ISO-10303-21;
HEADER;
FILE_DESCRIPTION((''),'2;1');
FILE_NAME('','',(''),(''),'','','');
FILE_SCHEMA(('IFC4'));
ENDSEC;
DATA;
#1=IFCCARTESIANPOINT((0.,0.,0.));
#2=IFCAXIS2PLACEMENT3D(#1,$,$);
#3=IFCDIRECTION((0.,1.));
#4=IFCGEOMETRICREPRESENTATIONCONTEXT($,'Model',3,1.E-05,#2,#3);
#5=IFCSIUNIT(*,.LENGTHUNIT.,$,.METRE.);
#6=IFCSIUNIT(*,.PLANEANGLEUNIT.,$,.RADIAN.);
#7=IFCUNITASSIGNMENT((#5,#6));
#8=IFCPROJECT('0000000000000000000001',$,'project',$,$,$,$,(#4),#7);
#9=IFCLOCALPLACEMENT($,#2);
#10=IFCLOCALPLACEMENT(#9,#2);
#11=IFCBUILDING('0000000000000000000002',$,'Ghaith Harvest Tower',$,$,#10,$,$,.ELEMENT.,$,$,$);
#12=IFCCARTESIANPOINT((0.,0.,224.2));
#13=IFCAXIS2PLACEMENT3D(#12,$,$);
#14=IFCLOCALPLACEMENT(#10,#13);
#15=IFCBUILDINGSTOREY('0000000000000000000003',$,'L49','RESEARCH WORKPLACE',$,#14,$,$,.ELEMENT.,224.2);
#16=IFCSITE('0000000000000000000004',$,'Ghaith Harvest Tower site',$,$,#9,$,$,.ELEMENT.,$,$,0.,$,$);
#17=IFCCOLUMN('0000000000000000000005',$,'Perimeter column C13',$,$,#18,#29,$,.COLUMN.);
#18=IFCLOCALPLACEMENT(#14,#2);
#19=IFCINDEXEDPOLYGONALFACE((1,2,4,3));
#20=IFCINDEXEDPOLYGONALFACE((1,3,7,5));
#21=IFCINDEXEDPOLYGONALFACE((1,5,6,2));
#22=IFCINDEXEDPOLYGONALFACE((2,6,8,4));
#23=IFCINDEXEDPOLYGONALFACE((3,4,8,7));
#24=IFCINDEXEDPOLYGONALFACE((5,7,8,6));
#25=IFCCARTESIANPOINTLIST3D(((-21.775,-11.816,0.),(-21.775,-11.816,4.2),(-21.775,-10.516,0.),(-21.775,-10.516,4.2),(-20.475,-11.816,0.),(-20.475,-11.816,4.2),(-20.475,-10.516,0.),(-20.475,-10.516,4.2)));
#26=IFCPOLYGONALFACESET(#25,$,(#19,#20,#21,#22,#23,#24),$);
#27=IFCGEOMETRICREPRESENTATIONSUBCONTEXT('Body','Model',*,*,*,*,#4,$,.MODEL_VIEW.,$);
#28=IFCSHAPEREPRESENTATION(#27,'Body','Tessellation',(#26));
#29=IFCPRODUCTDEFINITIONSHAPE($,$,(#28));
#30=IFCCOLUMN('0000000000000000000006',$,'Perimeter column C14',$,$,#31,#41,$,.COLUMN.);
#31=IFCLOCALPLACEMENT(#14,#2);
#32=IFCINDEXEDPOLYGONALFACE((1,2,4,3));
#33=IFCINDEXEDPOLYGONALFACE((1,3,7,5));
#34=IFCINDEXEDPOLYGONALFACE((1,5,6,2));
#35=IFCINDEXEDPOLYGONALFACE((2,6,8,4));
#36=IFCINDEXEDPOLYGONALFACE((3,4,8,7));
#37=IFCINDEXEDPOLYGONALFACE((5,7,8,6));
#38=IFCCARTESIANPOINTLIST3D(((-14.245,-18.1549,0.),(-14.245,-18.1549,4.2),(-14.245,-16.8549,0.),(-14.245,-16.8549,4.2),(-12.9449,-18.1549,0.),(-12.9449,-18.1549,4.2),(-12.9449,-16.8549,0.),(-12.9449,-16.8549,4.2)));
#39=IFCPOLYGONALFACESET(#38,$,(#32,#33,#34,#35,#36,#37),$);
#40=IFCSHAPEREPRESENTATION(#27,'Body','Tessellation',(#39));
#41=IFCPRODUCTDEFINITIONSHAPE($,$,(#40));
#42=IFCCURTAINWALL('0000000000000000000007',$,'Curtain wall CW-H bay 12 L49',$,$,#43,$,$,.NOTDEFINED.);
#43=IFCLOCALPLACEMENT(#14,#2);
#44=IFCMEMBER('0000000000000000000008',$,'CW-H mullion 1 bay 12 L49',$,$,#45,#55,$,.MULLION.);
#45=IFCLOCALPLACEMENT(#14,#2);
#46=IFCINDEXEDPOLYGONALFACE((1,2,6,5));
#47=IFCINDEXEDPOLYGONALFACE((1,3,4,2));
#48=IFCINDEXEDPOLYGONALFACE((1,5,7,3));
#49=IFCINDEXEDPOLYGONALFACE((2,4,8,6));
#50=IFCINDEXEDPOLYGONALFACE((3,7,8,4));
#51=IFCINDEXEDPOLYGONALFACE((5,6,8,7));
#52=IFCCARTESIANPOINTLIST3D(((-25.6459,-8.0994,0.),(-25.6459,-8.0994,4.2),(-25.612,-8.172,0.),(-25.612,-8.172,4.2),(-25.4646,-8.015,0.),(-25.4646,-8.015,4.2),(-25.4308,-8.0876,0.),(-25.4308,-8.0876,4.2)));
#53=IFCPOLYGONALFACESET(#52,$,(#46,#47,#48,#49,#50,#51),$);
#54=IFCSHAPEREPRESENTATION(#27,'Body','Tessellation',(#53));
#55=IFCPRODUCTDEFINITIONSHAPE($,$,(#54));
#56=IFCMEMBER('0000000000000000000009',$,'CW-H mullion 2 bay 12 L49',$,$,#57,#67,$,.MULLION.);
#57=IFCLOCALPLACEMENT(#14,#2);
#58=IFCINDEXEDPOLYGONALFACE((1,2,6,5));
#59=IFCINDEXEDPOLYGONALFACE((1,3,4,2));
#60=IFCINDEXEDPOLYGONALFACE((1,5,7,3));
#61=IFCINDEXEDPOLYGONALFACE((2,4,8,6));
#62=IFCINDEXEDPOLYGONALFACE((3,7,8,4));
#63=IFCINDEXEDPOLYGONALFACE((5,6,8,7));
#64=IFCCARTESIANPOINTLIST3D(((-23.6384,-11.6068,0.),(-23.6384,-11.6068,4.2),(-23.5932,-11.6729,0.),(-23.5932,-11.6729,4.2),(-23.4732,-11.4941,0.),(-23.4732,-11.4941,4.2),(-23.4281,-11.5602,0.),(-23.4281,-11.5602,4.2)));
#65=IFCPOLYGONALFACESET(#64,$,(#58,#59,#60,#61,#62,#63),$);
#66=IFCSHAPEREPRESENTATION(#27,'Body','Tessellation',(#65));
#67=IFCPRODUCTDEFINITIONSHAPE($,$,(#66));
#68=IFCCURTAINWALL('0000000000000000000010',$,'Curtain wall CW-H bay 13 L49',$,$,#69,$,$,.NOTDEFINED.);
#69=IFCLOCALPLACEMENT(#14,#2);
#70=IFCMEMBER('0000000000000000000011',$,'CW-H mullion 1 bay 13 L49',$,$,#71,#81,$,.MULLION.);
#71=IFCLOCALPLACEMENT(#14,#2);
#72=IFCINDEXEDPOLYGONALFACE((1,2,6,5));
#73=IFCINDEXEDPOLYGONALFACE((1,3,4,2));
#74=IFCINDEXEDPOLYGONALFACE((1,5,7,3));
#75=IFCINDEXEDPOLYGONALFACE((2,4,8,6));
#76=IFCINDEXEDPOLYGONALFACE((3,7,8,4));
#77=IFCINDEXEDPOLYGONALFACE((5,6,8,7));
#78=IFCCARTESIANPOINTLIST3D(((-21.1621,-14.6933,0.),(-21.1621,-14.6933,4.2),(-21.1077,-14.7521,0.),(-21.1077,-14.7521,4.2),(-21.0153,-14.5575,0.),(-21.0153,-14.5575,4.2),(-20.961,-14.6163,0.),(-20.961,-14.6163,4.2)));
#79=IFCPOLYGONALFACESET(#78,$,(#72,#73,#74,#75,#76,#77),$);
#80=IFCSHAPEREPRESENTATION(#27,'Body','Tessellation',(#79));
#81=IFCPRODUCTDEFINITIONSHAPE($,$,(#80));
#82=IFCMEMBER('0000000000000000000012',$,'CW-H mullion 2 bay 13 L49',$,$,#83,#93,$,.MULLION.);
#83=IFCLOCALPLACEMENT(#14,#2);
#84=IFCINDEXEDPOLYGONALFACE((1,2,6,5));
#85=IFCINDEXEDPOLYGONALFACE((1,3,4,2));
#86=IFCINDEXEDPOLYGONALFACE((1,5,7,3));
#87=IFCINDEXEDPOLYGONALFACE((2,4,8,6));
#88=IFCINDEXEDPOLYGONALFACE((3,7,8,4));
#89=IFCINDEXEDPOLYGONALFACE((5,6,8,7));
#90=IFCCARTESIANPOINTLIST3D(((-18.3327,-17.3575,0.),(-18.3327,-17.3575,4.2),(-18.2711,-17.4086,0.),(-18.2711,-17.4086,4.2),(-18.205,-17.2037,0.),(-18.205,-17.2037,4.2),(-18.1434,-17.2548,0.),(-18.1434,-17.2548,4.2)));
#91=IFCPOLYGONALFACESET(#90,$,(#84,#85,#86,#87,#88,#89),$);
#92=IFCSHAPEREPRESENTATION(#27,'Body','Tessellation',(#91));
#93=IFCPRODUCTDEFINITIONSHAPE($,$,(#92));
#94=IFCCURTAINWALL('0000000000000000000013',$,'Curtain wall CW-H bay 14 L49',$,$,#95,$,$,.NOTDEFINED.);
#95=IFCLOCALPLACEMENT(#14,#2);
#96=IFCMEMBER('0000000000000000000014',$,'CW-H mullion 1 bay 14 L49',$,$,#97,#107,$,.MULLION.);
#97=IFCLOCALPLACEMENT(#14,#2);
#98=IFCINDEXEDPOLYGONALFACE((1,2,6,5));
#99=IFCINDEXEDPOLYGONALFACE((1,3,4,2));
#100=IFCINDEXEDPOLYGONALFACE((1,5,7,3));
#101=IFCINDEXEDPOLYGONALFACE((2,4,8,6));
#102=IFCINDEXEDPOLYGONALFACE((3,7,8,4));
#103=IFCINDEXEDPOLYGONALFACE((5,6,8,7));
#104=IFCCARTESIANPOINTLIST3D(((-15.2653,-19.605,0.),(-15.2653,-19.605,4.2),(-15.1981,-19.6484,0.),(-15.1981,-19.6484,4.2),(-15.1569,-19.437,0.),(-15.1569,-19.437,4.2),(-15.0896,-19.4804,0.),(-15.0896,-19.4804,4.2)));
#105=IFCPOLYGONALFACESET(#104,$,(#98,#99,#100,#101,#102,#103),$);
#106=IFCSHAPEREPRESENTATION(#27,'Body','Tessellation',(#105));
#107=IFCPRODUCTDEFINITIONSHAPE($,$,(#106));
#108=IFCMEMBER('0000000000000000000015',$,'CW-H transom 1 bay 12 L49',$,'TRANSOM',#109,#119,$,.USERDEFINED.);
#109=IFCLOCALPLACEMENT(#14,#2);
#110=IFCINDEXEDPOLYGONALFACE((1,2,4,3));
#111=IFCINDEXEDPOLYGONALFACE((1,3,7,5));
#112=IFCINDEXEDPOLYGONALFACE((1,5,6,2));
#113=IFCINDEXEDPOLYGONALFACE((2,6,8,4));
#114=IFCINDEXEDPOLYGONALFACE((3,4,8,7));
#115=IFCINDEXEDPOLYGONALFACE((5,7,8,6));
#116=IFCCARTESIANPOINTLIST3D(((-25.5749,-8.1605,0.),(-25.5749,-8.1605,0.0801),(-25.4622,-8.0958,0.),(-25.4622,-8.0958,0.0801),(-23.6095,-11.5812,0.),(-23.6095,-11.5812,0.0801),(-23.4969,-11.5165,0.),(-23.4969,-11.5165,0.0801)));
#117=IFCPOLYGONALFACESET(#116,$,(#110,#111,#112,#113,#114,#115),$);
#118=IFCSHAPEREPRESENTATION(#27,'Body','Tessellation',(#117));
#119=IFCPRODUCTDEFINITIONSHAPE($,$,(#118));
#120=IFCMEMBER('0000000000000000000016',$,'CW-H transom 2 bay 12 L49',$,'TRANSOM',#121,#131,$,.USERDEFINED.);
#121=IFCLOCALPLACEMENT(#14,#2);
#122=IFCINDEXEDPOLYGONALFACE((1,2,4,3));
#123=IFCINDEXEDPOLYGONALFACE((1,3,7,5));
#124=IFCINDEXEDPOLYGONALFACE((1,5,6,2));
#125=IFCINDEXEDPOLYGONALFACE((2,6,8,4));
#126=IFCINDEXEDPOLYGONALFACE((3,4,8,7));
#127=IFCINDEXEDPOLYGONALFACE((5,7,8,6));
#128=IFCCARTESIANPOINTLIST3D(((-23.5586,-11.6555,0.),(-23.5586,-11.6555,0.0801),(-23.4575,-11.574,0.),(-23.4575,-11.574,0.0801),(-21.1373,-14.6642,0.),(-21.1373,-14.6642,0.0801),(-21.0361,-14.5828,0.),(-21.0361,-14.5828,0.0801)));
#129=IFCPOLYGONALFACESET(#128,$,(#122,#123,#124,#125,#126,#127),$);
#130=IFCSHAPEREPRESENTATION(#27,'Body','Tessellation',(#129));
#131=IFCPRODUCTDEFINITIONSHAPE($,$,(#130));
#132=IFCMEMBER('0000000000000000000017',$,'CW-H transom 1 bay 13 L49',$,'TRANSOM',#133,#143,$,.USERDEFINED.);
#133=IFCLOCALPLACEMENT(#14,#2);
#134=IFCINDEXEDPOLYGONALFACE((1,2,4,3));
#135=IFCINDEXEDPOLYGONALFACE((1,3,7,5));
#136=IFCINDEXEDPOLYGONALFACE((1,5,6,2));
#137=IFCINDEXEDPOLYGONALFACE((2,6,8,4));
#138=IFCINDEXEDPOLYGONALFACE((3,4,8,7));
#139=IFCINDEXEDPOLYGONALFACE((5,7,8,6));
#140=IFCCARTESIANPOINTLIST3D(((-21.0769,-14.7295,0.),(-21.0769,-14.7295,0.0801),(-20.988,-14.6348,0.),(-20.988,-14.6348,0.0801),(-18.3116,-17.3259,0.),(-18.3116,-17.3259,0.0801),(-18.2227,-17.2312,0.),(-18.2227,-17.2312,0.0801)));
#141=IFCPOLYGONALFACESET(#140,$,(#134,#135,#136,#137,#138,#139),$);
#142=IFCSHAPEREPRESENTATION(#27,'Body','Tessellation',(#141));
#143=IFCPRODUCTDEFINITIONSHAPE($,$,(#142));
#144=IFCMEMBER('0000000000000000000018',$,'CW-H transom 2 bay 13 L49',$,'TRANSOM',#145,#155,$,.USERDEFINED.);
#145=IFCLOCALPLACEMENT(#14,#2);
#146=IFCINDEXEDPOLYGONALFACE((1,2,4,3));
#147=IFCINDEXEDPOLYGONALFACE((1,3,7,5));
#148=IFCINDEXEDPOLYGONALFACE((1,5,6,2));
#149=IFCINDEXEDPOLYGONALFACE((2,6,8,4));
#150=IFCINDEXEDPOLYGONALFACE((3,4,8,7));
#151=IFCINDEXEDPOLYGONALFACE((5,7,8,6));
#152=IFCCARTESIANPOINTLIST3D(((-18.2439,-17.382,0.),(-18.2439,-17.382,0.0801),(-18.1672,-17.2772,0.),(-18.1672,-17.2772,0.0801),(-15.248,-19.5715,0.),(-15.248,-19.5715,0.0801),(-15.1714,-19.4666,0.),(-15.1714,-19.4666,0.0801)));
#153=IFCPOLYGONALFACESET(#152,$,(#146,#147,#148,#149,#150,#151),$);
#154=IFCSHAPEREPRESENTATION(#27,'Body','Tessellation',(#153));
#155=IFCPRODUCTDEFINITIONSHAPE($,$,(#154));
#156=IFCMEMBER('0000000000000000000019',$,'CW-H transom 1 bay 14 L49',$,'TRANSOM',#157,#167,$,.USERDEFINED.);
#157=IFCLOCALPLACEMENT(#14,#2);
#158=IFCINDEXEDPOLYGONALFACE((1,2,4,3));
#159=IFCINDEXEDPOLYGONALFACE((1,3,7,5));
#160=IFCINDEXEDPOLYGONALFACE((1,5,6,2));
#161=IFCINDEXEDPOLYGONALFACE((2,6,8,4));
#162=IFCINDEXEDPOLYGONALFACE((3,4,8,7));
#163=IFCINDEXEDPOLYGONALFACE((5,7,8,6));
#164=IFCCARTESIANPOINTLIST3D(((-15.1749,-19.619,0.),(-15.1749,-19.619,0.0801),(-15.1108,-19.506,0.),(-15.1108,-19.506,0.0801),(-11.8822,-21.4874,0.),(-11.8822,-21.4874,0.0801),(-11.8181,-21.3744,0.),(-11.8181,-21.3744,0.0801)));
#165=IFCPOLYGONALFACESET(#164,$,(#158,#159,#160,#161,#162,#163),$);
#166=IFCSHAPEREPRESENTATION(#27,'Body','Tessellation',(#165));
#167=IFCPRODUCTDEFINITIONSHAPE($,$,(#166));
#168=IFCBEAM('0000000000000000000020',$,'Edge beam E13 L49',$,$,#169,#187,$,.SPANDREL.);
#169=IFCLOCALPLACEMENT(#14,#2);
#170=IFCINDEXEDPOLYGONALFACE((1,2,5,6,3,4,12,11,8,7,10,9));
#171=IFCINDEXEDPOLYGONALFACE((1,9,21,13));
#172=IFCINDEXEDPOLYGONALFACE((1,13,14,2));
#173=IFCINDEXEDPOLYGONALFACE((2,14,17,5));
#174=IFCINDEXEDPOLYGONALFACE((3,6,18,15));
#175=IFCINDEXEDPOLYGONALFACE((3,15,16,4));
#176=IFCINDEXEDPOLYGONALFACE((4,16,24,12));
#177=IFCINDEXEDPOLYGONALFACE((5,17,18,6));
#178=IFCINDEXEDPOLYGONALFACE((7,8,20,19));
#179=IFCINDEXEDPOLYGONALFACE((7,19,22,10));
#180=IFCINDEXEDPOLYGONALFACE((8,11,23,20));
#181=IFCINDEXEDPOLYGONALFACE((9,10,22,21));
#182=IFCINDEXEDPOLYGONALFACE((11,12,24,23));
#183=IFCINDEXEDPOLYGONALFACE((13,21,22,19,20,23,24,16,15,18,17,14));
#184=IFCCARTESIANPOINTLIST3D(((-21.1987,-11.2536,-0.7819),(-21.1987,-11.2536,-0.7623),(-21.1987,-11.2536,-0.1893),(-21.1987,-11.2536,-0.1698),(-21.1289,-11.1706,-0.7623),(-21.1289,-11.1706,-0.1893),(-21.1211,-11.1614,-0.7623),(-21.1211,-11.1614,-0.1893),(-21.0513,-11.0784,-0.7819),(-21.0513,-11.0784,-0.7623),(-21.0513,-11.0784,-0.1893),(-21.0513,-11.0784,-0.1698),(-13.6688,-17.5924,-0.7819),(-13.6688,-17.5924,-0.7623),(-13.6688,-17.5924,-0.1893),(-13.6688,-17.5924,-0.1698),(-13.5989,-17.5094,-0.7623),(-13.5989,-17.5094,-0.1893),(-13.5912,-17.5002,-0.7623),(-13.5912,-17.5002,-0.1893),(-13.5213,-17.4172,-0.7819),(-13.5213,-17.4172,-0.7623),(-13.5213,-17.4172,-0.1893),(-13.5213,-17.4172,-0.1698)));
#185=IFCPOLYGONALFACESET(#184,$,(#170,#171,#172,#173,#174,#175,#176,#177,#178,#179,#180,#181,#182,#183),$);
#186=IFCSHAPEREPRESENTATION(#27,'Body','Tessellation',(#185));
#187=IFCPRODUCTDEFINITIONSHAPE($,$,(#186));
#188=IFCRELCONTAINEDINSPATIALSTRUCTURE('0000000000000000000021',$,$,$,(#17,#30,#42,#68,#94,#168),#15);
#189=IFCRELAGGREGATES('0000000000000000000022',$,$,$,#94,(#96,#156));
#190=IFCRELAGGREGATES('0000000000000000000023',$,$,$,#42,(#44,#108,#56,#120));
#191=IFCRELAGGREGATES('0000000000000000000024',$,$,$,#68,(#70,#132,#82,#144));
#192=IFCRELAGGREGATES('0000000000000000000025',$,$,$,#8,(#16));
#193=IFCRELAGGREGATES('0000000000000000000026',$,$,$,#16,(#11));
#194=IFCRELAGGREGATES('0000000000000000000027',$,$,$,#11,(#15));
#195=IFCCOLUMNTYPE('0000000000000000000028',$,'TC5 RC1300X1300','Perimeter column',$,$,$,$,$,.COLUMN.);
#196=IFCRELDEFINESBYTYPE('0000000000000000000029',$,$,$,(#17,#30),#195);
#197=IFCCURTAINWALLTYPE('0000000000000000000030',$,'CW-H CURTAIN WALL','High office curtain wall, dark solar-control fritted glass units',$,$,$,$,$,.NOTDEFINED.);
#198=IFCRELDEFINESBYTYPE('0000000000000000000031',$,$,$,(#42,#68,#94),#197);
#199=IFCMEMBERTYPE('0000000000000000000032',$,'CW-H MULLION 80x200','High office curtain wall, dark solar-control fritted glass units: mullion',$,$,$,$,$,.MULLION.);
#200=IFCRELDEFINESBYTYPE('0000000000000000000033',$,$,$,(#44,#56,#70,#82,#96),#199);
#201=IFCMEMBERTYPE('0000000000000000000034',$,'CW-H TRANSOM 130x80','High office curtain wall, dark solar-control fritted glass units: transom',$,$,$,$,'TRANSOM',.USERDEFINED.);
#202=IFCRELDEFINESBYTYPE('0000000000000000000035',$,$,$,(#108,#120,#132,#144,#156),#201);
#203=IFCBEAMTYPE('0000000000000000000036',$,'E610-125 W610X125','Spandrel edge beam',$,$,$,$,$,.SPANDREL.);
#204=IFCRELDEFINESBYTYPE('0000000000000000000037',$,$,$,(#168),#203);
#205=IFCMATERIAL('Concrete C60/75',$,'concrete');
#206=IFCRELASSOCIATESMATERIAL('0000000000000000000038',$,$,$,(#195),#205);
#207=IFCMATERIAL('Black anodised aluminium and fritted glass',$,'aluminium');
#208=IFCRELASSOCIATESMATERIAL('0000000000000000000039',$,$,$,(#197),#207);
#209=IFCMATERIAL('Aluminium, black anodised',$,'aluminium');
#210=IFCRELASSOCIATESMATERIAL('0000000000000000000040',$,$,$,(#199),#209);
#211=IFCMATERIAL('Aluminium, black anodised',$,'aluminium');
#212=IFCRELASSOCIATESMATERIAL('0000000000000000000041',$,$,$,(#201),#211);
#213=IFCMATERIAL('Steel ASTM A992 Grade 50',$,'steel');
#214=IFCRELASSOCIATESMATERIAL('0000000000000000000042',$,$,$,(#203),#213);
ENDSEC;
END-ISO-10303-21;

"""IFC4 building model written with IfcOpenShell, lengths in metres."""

from ifc_helpers import new_model, si_unit, direction, frame, origin, origin_2d, place, context, subcontext, project, spatial, rectangle, i_section, extrude, material, material_profile, profile_set, type_object, element, aggregate, save


model = new_model("IFC4")

# Units and contexts
model_context = context("Model", 3, precision=1e-05, world=origin(), true_north=direction((0.0, 1.0)))
body_context = subcontext(model_context, "Body", "Model", "MODEL_VIEW")
ifc_project = project(units=[si_unit("LENGTHUNIT", "METRE"), si_unit("PLANEANGLEUNIT", "RADIAN")], contexts=[model_context])

# Site, building, storey
site_placement = place(None, origin())
site = spatial("IfcSite", under=ifc_project, at=site_placement, Name="Ghaith Harvest Tower site", CompositionType="ELEMENT", RefElevation=0.0)
building_placement = place(site_placement, origin())
building = spatial("IfcBuilding", under=site, at=building_placement, Name="Ghaith Harvest Tower", CompositionType="ELEMENT")
storey_placement = place(building_placement, frame((0.0, 0.0, 224.2)))
storey = spatial("IfcBuildingStorey", under=building, at=storey_placement, Name="L49", Description="RESEARCH WORKPLACE", CompositionType="ELEMENT", Elevation=224.2)

# Columns
ifc_material_1 = material(Name="Concrete C60/75", Category="concrete")
ifc_material_profile_1 = material_profile(ifc_material_1, rectangle(XDim=1.3, YDim=1.3, at=origin_2d()), Name="RC1300X1300")
ifc_profile_set_1 = profile_set([ifc_material_profile_1], Name="Concrete C60/75")
column_type = type_object("IfcColumnType", Name="TC5 RC1300X1300", Description="Perimeter column", PredefinedType="COLUMN", material=ifc_profile_set_1)
for number, where, z_axis, x_axis, name in (
    (1, (-21.125, -11.166, 0.0), (0.0, 0.0, 1.0), (1.0, 0.0, 0.0), "Perimeter column C13"),
    (2, (-13.595, -17.5049, 0.0), (0.0, 0.0, 1.0), (1.0, 0.0, 0.0), "Perimeter column C14"),
):
    element("IfcColumn", number, at=place(storey_placement, frame(where, z_axis=z_axis, x_axis=x_axis)), inside=storey, type_object=column_type, Name=name, PredefinedType="COLUMN", context=body_context, shape_type="SweptSolid", body=[
        extrude(rectangle(XDim=1.3, YDim=1.3, at=origin_2d()), origin(), (0.0, 0.0, 1.0), 4.2),
    ])

# Curtain walls, members
ifc_material_2 = material(Name="Black anodised aluminium and fritted glass", Category="aluminium")
curtain_wall_type = type_object("IfcCurtainWallType", Name="CW-H CURTAIN WALL", Description="High office curtain wall, dark solar-control fritted glass units", PredefinedType="NOTDEFINED", material=ifc_material_2)
curtain_wall_1_placement = place(storey_placement, origin())
curtain_wall_1 = element("IfcCurtainWall", 3, at=curtain_wall_1_placement, inside=storey, type_object=curtain_wall_type, Name="Curtain wall CW-H bay 12 L49", PredefinedType="NOTDEFINED")
ifc_material_3 = material(Name="Aluminium, black anodised", Category="aluminium")
ifc_material_profile_2 = material_profile(ifc_material_3, rectangle(XDim=0.0801, YDim=0.2, at=origin_2d()), Name="CW-H MULLION 80x200")
ifc_profile_set_2 = profile_set([ifc_material_profile_2], Name="Aluminium, black anodised")
member_type_1 = type_object("IfcMemberType", Name="CW-H MULLION 80x200", Description="High office curtain wall, dark solar-control fritted glass units: mullion", PredefinedType="MULLION", material=ifc_profile_set_2)
member_1_placement = place(storey_placement, frame((-25.5383, -8.0935, 0.0), z_axis=(0.0, 0.0, 1.0), x_axis=(0.422309, -0.906452, 0.0)))
member_1 = element("IfcMember", 4, at=member_1_placement, type_object=member_type_1, Name="CW-H mullion 1 bay 12 L49", PredefinedType="MULLION", context=body_context, shape_type="SweptSolid", body=[
    extrude(rectangle(XDim=0.0801, YDim=0.2, at=origin_2d()), origin(), (0.0, 0.0, 1.0), 4.2),
])
member_2_placement = place(storey_placement, frame((-23.5332, -11.5835, 0.0), z_axis=(0.0, 0.0, 1.0), x_axis=(0.563617, -0.826037, 0.0)))
member_2 = element("IfcMember", 5, at=member_2_placement, type_object=member_type_1, Name="CW-H mullion 2 bay 12 L49", PredefinedType="MULLION", context=body_context, shape_type="SweptSolid", body=[
    extrude(rectangle(XDim=0.0801, YDim=0.2, at=origin_2d()), origin(), (0.0, 0.0, 1.0), 4.2),
])
curtain_wall_2_placement = place(storey_placement, origin())
curtain_wall_2 = element("IfcCurtainWall", 6, at=curtain_wall_2_placement, inside=storey, type_object=curtain_wall_type, Name="Curtain wall CW-H bay 13 L49", PredefinedType="NOTDEFINED")
member_3_placement = place(storey_placement, frame((-21.0615, -14.6548, 0.0), z_axis=(0.0, 0.0, 1.0), x_axis=(0.679182, -0.73397, 0.0)))
member_3 = element("IfcMember", 7, at=member_3_placement, type_object=member_type_1, Name="CW-H mullion 1 bay 13 L49", PredefinedType="MULLION", context=body_context, shape_type="SweptSolid", body=[
    extrude(rectangle(XDim=0.0801, YDim=0.2, at=origin_2d()), origin(), (0.0, 0.0, 1.0), 4.2),
])
member_4_placement = place(storey_placement, frame((-18.238, -17.3062, 0.0), z_axis=(0.0, 0.0, 1.0), x_axis=(0.769217, -0.638988, 0.0)))
member_4 = element("IfcMember", 8, at=member_4_placement, type_object=member_type_1, Name="CW-H mullion 2 bay 13 L49", PredefinedType="MULLION", context=body_context, shape_type="SweptSolid", body=[
    extrude(rectangle(XDim=0.0801, YDim=0.2, at=origin_2d()), origin(), (0.0, 0.0, 1.0), 4.2),
])

# Curtain wall, member
curtain_wall_3_placement = place(storey_placement, origin())
curtain_wall_3 = element("IfcCurtainWall", 9, at=curtain_wall_3_placement, inside=storey, type_object=curtain_wall_type, Name="Curtain wall CW-H bay 14 L49", PredefinedType="NOTDEFINED")
member_5_placement = place(storey_placement, frame((-15.1775, -19.5427, 0.0), z_axis=(0.0, 0.0, 1.0), x_axis=(0.840234, -0.542225, 0.0)))
member_5 = element("IfcMember", 10, at=member_5_placement, type_object=member_type_1, Name="CW-H mullion 1 bay 14 L49", PredefinedType="MULLION", context=body_context, shape_type="SweptSolid", body=[
    extrude(rectangle(XDim=0.0801, YDim=0.2, at=origin_2d()), origin(), (0.0, 0.0, 1.0), 4.2),
])

# Members
ifc_material_4 = material(Name="Aluminium, black anodised", Category="aluminium")
ifc_material_profile_3 = material_profile(ifc_material_4, rectangle(XDim=0.1299, YDim=0.0801, at=origin_2d()), Name="CW-H TRANSOM 130x80")
ifc_profile_set_3 = profile_set([ifc_material_profile_3], Name="Aluminium, black anodised")
member_type_2 = type_object("IfcMemberType", Name="CW-H TRANSOM 130x80", Description="High office curtain wall, dark solar-control fritted glass units: transom", ElementType="TRANSOM", PredefinedType="USERDEFINED", material=ifc_profile_set_3)
member_6_placement = place(storey_placement, frame((-25.5186, -8.1282, 0.04), z_axis=(0.498177, -0.867075, 0.0), x_axis=(0.867075, 0.498177, 0.0)))
member_6 = element("IfcMember", 11, at=member_6_placement, type_object=member_type_2, Name="CW-H transom 1 bay 12 L49", ObjectType="TRANSOM", PredefinedType="USERDEFINED", context=body_context, shape_type="SweptSolid", body=[
    extrude(rectangle(XDim=0.1299, YDim=0.0801, at=origin_2d()), origin(), (0.0, 0.0, 1.0), 3.9451),
])
member_7_placement = place(storey_placement, frame((-23.5081, -11.6147, 0.04), z_axis=(0.626959, -0.779052, 0.0), x_axis=(0.779052, 0.626959, 0.0)))
member_7 = element("IfcMember", 12, at=member_7_placement, type_object=member_type_2, Name="CW-H transom 2 bay 12 L49", ObjectType="TRANSOM", PredefinedType="USERDEFINED", context=body_context, shape_type="SweptSolid", body=[
    extrude(rectangle(XDim=0.1299, YDim=0.0801, at=origin_2d()), origin(), (0.0, 0.0, 1.0), 3.8621),
])
member_8_placement = place(storey_placement, frame((-21.0325, -14.6821, 0.04), z_axis=(0.729025, -0.684487, 0.0), x_axis=(0.684487, 0.729025, 0.0)))
member_8 = element("IfcMember", 13, at=member_8_placement, type_object=member_type_2, Name="CW-H transom 1 bay 13 L49", ObjectType="TRANSOM", PredefinedType="USERDEFINED", context=body_context, shape_type="SweptSolid", body=[
    extrude(rectangle(XDim=0.1299, YDim=0.0801, at=origin_2d()), origin(), (0.0, 0.0, 1.0), 3.7932),
])
member_9_placement = place(storey_placement, frame((-18.2056, -17.3296, 0.04), z_axis=(0.807368, -0.590048, 0.0), x_axis=(0.590048, 0.807368, 0.0)))
member_9 = element("IfcMember", 14, at=member_9_placement, type_object=member_type_2, Name="CW-H transom 2 bay 13 L49", ObjectType="TRANSOM", PredefinedType="USERDEFINED", context=body_context, shape_type="SweptSolid", body=[
    extrude(rectangle(XDim=0.1299, YDim=0.0801, at=origin_2d()), origin(), (0.0, 0.0, 1.0), 3.7107),
])
member_10_placement = place(storey_placement, frame((-15.1428, -19.5625, 0.04), z_axis=(0.869735, -0.493519, 0.0), x_axis=(0.493519, 0.869735, 0.0)))
member_10 = element("IfcMember", 15, at=member_10_placement, type_object=member_type_2, Name="CW-H transom 1 bay 14 L49", ObjectType="TRANSOM", PredefinedType="USERDEFINED", context=body_context, shape_type="SweptSolid", body=[
    extrude(rectangle(XDim=0.1299, YDim=0.0801, at=origin_2d()), origin(), (0.0, 0.0, 1.0), 3.7859),
])
aggregate(curtain_wall_3, [member_5, member_10])

# Beam
ifc_material_5 = material(Name="Steel ASTM A992 Grade 50", Category="steel")
ifc_material_profile_4 = material_profile(ifc_material_5, i_section(OverallWidth=0.229, OverallDepth=0.6121, WebThickness=0.012, FlangeThickness=0.0195, at=origin_2d()), Name="W610X125")
ifc_profile_set_4 = profile_set([ifc_material_profile_4], Name="Steel ASTM A992 Grade 50")
beam_type = type_object("IfcBeamType", Name="E610-125 W610X125", Description="Spandrel edge beam", PredefinedType="SPANDREL", material=ifc_profile_set_4)
beam_placement = place(storey_placement, frame((-21.125, -11.166, -0.4758), z_axis=(0.765022, -0.644004, 0.0), x_axis=(0.644004, 0.765022, 0.0)))
element("IfcBeam", 16, at=beam_placement, inside=storey, type_object=beam_type, Name="Edge beam E13 L49", PredefinedType="SPANDREL", context=body_context, shape_type="SweptSolid", body=[
    extrude(i_section(OverallWidth=0.229, OverallDepth=0.6121, WebThickness=0.012, FlangeThickness=0.0195, at=origin_2d()), origin(), (0.0, 0.0, 1.0), 9.8428),
])

aggregate(curtain_wall_1, [member_1, member_6, member_2, member_7])
aggregate(curtain_wall_2, [member_3, member_8, member_4, member_9])

save(model, "model.ifc")
